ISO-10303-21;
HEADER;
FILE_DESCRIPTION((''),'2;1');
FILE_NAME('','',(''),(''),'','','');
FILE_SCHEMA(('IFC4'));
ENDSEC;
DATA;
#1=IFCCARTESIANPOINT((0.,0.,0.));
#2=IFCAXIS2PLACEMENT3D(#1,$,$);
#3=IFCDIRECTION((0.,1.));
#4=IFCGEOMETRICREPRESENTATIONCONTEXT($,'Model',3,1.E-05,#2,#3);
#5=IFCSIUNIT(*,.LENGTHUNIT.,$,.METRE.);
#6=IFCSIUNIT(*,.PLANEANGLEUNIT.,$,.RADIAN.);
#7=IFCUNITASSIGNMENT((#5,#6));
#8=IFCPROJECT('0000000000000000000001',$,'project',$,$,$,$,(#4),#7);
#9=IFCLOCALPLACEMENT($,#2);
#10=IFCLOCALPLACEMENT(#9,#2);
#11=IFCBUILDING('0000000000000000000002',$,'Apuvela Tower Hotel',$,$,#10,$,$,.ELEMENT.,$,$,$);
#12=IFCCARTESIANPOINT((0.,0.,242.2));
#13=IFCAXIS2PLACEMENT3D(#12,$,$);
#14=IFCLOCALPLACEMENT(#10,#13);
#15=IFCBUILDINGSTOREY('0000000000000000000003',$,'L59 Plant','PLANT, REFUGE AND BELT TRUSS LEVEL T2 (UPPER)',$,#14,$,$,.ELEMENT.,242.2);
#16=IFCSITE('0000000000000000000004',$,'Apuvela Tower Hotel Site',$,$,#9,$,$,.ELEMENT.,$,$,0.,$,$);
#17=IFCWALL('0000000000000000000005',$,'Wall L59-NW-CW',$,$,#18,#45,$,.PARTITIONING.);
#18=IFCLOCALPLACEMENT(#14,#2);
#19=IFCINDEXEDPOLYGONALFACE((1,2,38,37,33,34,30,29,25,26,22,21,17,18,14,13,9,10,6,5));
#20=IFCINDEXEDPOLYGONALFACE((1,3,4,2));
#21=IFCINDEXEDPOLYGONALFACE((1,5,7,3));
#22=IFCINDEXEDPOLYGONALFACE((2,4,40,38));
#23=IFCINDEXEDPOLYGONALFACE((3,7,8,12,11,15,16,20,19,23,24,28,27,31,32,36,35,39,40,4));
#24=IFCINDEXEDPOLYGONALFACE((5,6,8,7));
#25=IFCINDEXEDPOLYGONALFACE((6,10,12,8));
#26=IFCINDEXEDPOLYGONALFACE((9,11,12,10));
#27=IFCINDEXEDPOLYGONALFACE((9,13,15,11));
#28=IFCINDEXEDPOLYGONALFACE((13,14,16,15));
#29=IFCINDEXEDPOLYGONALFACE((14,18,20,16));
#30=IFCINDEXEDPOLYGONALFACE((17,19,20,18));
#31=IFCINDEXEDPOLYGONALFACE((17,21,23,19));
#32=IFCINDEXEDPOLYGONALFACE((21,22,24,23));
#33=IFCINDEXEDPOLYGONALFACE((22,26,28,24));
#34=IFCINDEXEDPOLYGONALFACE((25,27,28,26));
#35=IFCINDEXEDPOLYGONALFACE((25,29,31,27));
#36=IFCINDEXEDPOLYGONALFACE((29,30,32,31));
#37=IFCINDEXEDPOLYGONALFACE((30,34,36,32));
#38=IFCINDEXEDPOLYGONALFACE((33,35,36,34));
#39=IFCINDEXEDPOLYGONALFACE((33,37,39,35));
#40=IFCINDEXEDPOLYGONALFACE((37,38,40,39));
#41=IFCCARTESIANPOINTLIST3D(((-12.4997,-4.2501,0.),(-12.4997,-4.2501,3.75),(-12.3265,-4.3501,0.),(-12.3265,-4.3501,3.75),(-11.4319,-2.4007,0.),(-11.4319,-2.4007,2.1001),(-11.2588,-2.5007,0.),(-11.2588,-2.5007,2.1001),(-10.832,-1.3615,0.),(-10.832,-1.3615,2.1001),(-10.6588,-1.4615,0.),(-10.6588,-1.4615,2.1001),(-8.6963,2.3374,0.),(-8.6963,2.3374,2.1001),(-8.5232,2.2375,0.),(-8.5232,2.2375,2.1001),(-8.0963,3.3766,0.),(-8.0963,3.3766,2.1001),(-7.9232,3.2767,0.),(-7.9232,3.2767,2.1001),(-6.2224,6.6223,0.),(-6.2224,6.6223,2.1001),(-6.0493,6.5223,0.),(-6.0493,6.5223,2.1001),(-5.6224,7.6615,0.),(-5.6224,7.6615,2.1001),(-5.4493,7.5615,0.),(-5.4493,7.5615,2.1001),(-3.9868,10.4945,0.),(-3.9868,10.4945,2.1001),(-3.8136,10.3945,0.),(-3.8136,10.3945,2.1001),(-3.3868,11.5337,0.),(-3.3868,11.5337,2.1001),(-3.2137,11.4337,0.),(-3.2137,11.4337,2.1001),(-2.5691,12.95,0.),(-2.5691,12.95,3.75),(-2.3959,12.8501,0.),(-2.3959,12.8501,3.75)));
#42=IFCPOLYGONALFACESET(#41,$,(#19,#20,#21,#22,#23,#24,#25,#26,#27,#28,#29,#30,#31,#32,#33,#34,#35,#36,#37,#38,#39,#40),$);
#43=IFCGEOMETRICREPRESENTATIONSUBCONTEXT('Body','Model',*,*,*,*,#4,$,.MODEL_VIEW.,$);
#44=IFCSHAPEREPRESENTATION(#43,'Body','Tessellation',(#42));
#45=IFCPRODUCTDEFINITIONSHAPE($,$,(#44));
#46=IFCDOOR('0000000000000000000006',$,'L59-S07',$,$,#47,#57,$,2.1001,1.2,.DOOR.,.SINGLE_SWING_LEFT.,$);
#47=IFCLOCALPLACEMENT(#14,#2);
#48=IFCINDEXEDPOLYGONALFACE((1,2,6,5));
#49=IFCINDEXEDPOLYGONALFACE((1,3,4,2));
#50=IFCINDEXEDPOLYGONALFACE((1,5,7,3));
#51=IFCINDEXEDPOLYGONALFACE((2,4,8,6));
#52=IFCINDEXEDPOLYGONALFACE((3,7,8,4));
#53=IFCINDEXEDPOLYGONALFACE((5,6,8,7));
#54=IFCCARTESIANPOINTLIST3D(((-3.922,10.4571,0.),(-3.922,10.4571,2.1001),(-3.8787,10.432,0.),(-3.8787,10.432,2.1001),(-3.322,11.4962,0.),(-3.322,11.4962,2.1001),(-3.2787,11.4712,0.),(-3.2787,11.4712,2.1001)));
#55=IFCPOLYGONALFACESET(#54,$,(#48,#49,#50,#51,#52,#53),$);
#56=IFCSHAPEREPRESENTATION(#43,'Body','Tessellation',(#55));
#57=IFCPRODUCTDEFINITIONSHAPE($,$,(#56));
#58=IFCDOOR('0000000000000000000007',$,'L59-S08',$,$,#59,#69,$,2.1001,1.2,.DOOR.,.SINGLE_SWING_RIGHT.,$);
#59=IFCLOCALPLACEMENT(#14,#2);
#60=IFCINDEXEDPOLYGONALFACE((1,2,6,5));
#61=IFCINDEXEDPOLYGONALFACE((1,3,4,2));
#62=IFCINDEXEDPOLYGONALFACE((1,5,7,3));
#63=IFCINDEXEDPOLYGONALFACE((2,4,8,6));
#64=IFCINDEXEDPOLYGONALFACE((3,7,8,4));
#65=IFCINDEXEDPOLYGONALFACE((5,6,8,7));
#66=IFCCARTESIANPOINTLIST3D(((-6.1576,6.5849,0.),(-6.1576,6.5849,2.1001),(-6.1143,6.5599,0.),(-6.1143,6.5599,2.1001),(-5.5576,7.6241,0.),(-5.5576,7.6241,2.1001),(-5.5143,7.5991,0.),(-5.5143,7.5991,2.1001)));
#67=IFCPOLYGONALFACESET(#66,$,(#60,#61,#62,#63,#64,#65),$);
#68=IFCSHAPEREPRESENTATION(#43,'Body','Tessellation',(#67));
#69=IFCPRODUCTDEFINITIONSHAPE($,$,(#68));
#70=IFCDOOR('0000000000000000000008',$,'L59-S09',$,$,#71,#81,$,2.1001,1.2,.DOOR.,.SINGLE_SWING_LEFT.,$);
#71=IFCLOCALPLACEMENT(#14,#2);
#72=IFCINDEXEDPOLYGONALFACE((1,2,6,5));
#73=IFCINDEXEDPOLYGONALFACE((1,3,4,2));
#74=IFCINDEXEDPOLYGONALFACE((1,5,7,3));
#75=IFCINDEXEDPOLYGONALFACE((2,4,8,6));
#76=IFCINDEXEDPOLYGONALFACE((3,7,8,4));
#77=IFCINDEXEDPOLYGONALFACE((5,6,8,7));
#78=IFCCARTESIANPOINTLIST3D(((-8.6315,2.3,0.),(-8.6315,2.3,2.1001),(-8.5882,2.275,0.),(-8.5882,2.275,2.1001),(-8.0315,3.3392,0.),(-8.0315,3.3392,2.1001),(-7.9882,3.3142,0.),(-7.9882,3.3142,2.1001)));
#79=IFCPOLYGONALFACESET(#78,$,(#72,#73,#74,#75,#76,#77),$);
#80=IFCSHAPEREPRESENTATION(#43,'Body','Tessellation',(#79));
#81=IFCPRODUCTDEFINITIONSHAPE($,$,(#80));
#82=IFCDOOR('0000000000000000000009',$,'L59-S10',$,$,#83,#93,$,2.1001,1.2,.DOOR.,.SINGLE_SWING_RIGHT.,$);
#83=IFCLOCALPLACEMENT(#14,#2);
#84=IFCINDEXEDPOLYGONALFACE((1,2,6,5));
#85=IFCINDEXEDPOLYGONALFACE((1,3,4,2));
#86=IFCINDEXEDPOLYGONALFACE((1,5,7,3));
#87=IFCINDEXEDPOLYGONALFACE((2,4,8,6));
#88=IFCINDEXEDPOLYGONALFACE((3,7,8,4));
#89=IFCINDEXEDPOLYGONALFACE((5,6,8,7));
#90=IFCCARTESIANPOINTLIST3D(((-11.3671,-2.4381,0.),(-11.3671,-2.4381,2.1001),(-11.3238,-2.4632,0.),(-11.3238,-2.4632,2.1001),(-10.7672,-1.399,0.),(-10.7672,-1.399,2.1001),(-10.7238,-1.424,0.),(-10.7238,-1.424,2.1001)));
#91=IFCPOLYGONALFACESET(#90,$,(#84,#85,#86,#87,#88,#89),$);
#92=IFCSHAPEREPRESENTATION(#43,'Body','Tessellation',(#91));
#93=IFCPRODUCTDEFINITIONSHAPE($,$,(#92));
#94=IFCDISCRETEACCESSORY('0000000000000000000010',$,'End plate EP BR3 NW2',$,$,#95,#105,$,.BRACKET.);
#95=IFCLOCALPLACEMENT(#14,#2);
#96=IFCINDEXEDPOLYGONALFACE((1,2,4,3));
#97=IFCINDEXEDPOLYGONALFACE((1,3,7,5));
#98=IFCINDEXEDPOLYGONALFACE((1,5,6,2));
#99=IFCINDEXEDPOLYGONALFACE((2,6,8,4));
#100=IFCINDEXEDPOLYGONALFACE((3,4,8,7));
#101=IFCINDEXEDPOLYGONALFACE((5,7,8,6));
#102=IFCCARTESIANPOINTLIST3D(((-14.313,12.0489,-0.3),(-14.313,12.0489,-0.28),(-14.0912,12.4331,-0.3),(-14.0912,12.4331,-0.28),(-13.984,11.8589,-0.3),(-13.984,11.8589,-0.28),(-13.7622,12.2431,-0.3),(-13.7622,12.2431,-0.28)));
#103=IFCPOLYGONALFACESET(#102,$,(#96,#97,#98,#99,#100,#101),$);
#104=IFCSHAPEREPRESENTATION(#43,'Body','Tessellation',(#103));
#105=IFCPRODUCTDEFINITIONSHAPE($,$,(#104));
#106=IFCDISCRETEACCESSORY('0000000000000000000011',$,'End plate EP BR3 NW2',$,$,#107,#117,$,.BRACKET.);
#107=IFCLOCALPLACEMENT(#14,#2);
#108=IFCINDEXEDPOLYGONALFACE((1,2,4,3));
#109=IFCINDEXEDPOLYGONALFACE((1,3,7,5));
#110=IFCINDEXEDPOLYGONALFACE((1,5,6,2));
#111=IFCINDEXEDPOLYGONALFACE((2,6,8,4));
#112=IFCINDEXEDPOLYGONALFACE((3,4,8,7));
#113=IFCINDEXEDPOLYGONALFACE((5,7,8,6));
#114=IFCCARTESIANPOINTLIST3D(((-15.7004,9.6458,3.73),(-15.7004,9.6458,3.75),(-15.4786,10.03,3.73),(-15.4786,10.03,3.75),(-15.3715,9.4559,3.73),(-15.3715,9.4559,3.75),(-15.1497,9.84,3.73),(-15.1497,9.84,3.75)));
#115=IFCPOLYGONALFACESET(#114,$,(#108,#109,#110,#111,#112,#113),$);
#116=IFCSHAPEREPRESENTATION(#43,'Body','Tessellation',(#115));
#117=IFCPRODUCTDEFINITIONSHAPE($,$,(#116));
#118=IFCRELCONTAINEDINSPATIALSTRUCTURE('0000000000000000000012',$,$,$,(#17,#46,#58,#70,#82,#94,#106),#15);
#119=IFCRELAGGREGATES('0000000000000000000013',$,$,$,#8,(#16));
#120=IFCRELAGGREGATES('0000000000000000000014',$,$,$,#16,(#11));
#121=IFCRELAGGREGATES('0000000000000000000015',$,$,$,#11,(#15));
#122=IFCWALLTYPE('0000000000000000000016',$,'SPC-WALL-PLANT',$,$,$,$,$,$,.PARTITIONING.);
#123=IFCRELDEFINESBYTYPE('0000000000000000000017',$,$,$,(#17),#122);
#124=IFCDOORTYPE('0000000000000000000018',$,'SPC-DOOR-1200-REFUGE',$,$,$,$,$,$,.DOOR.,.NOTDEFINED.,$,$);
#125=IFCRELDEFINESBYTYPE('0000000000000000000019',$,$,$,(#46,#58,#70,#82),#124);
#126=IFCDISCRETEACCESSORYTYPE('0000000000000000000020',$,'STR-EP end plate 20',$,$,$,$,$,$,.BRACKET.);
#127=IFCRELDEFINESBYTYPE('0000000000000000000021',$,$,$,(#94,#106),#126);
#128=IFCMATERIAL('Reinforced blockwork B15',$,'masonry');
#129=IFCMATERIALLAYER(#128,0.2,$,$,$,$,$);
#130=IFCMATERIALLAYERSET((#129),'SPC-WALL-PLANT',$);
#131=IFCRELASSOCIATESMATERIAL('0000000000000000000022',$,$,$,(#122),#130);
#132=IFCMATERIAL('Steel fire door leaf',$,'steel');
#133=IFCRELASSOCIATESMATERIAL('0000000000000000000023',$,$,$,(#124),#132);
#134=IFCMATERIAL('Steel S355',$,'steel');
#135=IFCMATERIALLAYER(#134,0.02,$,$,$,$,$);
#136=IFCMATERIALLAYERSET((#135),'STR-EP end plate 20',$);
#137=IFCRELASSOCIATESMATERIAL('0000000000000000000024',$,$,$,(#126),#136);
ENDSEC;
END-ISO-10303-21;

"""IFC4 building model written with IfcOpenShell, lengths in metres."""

from ifc_helpers import new_model, si_unit, direction, frame, frame_2d, origin, origin_2d, place, context, subcontext, project, spatial, rectangle, extrude, material, layer, layer_set, type_object, element, fill, save


model = new_model("IFC4")

# Units and contexts
model_context = context("Model", 3, precision=1e-05, world=origin(), true_north=direction((0.0, 1.0)))
body_context = subcontext(model_context, "Body", "Model", "MODEL_VIEW")
ifc_project = project(units=[si_unit("LENGTHUNIT", "METRE"), si_unit("PLANEANGLEUNIT", "RADIAN")], contexts=[model_context])

# Site, building, storey
site_placement = place(None, origin())
site = spatial("IfcSite", under=ifc_project, at=site_placement, Name="Apuvela Tower Hotel Site", CompositionType="ELEMENT", RefElevation=0.0)
building_placement = place(site_placement, origin())
building = spatial("IfcBuilding", under=site, at=building_placement, Name="Apuvela Tower Hotel", CompositionType="ELEMENT")
storey_placement = place(building_placement, frame((0.0, 0.0, 242.2)))
storey = spatial("IfcBuildingStorey", under=building, at=storey_placement, Name="L59 Plant", Description="PLANT, REFUGE AND BELT TRUSS LEVEL T2 (UPPER)", CompositionType="ELEMENT", Elevation=242.2)

# Shared definitions
ifc_material_1 = material(Name="Steel S355", Category="steel")

# Shared definitions
ifc_material_2 = material(Name="Reinforced blockwork B15", Category="masonry")
ifc_layer_1 = layer(ifc_material_2, 0.2)
ifc_layer_set_1 = layer_set([ifc_layer_1], Name="SPC-WALL-PLANT")
wall_type_1 = type_object("IfcWallType", Name="SPC-WALL-PLANT", PredefinedType="PARTITIONING", material=ifc_layer_set_1)

# Wall, openings, doors
wall_1_placement = place(storey_placement, frame((-2.4824, 12.9001, 0.0), z_axis=(0.0, 0.0, 1.0), x_axis=(-0.500005, -0.866023, 0.0)))
wall_1 = element("IfcWall", 1, at=wall_1_placement, inside=storey, type_object=wall_type_1, Name="Wall L59-NW-CW", PredefinedType="PARTITIONING", context=body_context, shape_type="SweptSolid", body=[
    extrude(rectangle(XDim=19.8611, YDim=0.2, at=frame_2d((9.9307, 0.0))), origin(), (0.0, 0.0, 1.0), 3.75),
])
opening_1_placement = place(wall_1_placement, frame((1.6355, 0.0, 0.0)))
opening_1 = element("IfcOpeningElement", 2, at=opening_1_placement, cuts=wall_1, PredefinedType="OPENING", context=body_context, shape_type="SweptSolid", body=[
    extrude(rectangle(XDim=1.2, YDim=2.1001, at=frame_2d((0.6001, 1.05))), frame((0.0, 0.1099, 0.0), z_axis=(0.0, -1.0, 0.0), x_axis=(1.0, 0.0, 0.0)), (0.0, 0.0, 1.0), 0.22),
])
opening_2_placement = place(wall_1_placement, frame((6.1067, 0.0, 0.0)))
opening_2 = element("IfcOpeningElement", 3, at=opening_2_placement, cuts=wall_1, PredefinedType="OPENING", context=body_context, shape_type="SweptSolid", body=[
    extrude(rectangle(XDim=1.2, YDim=2.1001, at=frame_2d((0.6001, 1.05))), frame((0.0, 0.1099, 0.0), z_axis=(0.0, -1.0, 0.0), x_axis=(1.0, 0.0, 0.0)), (0.0, 0.0, 1.0), 0.22),
])
opening_3_placement = place(wall_1_placement, frame((11.0544, 0.0, 0.0)))
opening_3 = element("IfcOpeningElement", 4, at=opening_3_placement, cuts=wall_1, PredefinedType="OPENING", context=body_context, shape_type="SweptSolid", body=[
    extrude(rectangle(XDim=1.2, YDim=2.1001, at=frame_2d((0.6001, 1.05))), frame((0.0, 0.1099, 0.0), z_axis=(0.0, -1.0, 0.0), x_axis=(1.0, 0.0, 0.0)), (0.0, 0.0, 1.0), 0.22),
])
opening_4_placement = place(wall_1_placement, frame((16.5256, 0.0, 0.0)))
opening_4 = element("IfcOpeningElement", 5, at=opening_4_placement, cuts=wall_1, PredefinedType="OPENING", context=body_context, shape_type="SweptSolid", body=[
    extrude(rectangle(XDim=1.2, YDim=2.1001, at=frame_2d((0.6001, 1.05))), frame((0.0, 0.1099, 0.0), z_axis=(0.0, -1.0, 0.0), x_axis=(1.0, 0.0, 0.0)), (0.0, 0.0, 1.0), 0.22),
])
ifc_material_3 = material(Name="Steel fire door leaf", Category="steel")
door_type = type_object("IfcDoorType", Name="SPC-DOOR-1200-REFUGE", OperationType="NOTDEFINED", PredefinedType="DOOR", material=ifc_material_3)
door_1_placement = place(opening_1_placement, origin())
door_1 = element("IfcDoor", 6, at=door_1_placement, inside=storey, type_object=door_type, Name="L59-S07", OperationType="SINGLE_SWING_LEFT", OverallHeight=2.1001, OverallWidth=1.2, PredefinedType="DOOR", context=body_context, shape_type="SweptSolid", body=[
    extrude(rectangle(XDim=1.2, YDim=2.1001, at=frame_2d((0.6001, 1.05))), frame((0.0, 0.0249, 0.0), z_axis=(0.0, -1.0, 0.0), x_axis=(1.0, 0.0, 0.0)), (0.0, 0.0, 1.0), 0.05),
])
fill(opening_1, door_1)
door_2_placement = place(opening_2_placement, origin())
door_2 = element("IfcDoor", 7, at=door_2_placement, inside=storey, type_object=door_type, Name="L59-S08", OperationType="SINGLE_SWING_RIGHT", OverallHeight=2.1001, OverallWidth=1.2, PredefinedType="DOOR", context=body_context, shape_type="SweptSolid", body=[
    extrude(rectangle(XDim=1.2, YDim=2.1001, at=frame_2d((0.6001, 1.05))), frame((0.0, 0.0249, 0.0), z_axis=(0.0, -1.0, 0.0), x_axis=(1.0, 0.0, 0.0)), (0.0, 0.0, 1.0), 0.05),
])
fill(opening_2, door_2)
door_3_placement = place(opening_3_placement, origin())
door_3 = element("IfcDoor", 8, at=door_3_placement, inside=storey, type_object=door_type, Name="L59-S09", OperationType="SINGLE_SWING_LEFT", OverallHeight=2.1001, OverallWidth=1.2, PredefinedType="DOOR", context=body_context, shape_type="SweptSolid", body=[
    extrude(rectangle(XDim=1.2, YDim=2.1001, at=frame_2d((0.6001, 1.05))), frame((0.0, 0.0249, 0.0), z_axis=(0.0, -1.0, 0.0), x_axis=(1.0, 0.0, 0.0)), (0.0, 0.0, 1.0), 0.05),
])
fill(opening_3, door_3)
door_4_placement = place(opening_4_placement, origin())
door_4 = element("IfcDoor", 9, at=door_4_placement, inside=storey, type_object=door_type, Name="L59-S10", OperationType="SINGLE_SWING_RIGHT", OverallHeight=2.1001, OverallWidth=1.2, PredefinedType="DOOR", context=body_context, shape_type="SweptSolid", body=[
    extrude(rectangle(XDim=1.2, YDim=2.1001, at=frame_2d((0.6001, 1.05))), frame((0.0, 0.0249, 0.0), z_axis=(0.0, -1.0, 0.0), x_axis=(1.0, 0.0, 0.0)), (0.0, 0.0, 1.0), 0.05),
])
fill(opening_4, door_4)

# Discrete accessories
ifc_layer_2 = layer(ifc_material_1, 0.02)
ifc_layer_set_2 = layer_set([ifc_layer_2], Name="STR-EP end plate 20")
discrete_accessory_type = type_object("IfcDiscreteAccessoryType", Name="STR-EP end plate 20", PredefinedType="BRACKET", material=ifc_layer_set_2)
for number, where, z_axis, x_axis, name in (
    (10, (-14.0376, 12.146, -0.3), (0.0, 0.0, 1.0), (-0.5, -0.866025, 0.0), "End plate EP BR3 NW2"),
    (11, (-15.425, 9.7429, 3.73), (0.0, 0.0, 1.0), (-0.5, -0.866025, 0.0), "End plate EP BR3 NW2"),
):
    element("IfcDiscreteAccessory", number, at=place(storey_placement, frame(where, z_axis=z_axis, x_axis=x_axis)), inside=storey, type_object=discrete_accessory_type, Name=name, PredefinedType="BRACKET", context=body_context, shape_type="SweptSolid", body=[
        extrude(rectangle(XDim=0.4436, YDim=0.3799, at=origin_2d()), origin(), (0.0, 0.0, 1.0), 0.02),
    ])

save(model, "model.ifc")
